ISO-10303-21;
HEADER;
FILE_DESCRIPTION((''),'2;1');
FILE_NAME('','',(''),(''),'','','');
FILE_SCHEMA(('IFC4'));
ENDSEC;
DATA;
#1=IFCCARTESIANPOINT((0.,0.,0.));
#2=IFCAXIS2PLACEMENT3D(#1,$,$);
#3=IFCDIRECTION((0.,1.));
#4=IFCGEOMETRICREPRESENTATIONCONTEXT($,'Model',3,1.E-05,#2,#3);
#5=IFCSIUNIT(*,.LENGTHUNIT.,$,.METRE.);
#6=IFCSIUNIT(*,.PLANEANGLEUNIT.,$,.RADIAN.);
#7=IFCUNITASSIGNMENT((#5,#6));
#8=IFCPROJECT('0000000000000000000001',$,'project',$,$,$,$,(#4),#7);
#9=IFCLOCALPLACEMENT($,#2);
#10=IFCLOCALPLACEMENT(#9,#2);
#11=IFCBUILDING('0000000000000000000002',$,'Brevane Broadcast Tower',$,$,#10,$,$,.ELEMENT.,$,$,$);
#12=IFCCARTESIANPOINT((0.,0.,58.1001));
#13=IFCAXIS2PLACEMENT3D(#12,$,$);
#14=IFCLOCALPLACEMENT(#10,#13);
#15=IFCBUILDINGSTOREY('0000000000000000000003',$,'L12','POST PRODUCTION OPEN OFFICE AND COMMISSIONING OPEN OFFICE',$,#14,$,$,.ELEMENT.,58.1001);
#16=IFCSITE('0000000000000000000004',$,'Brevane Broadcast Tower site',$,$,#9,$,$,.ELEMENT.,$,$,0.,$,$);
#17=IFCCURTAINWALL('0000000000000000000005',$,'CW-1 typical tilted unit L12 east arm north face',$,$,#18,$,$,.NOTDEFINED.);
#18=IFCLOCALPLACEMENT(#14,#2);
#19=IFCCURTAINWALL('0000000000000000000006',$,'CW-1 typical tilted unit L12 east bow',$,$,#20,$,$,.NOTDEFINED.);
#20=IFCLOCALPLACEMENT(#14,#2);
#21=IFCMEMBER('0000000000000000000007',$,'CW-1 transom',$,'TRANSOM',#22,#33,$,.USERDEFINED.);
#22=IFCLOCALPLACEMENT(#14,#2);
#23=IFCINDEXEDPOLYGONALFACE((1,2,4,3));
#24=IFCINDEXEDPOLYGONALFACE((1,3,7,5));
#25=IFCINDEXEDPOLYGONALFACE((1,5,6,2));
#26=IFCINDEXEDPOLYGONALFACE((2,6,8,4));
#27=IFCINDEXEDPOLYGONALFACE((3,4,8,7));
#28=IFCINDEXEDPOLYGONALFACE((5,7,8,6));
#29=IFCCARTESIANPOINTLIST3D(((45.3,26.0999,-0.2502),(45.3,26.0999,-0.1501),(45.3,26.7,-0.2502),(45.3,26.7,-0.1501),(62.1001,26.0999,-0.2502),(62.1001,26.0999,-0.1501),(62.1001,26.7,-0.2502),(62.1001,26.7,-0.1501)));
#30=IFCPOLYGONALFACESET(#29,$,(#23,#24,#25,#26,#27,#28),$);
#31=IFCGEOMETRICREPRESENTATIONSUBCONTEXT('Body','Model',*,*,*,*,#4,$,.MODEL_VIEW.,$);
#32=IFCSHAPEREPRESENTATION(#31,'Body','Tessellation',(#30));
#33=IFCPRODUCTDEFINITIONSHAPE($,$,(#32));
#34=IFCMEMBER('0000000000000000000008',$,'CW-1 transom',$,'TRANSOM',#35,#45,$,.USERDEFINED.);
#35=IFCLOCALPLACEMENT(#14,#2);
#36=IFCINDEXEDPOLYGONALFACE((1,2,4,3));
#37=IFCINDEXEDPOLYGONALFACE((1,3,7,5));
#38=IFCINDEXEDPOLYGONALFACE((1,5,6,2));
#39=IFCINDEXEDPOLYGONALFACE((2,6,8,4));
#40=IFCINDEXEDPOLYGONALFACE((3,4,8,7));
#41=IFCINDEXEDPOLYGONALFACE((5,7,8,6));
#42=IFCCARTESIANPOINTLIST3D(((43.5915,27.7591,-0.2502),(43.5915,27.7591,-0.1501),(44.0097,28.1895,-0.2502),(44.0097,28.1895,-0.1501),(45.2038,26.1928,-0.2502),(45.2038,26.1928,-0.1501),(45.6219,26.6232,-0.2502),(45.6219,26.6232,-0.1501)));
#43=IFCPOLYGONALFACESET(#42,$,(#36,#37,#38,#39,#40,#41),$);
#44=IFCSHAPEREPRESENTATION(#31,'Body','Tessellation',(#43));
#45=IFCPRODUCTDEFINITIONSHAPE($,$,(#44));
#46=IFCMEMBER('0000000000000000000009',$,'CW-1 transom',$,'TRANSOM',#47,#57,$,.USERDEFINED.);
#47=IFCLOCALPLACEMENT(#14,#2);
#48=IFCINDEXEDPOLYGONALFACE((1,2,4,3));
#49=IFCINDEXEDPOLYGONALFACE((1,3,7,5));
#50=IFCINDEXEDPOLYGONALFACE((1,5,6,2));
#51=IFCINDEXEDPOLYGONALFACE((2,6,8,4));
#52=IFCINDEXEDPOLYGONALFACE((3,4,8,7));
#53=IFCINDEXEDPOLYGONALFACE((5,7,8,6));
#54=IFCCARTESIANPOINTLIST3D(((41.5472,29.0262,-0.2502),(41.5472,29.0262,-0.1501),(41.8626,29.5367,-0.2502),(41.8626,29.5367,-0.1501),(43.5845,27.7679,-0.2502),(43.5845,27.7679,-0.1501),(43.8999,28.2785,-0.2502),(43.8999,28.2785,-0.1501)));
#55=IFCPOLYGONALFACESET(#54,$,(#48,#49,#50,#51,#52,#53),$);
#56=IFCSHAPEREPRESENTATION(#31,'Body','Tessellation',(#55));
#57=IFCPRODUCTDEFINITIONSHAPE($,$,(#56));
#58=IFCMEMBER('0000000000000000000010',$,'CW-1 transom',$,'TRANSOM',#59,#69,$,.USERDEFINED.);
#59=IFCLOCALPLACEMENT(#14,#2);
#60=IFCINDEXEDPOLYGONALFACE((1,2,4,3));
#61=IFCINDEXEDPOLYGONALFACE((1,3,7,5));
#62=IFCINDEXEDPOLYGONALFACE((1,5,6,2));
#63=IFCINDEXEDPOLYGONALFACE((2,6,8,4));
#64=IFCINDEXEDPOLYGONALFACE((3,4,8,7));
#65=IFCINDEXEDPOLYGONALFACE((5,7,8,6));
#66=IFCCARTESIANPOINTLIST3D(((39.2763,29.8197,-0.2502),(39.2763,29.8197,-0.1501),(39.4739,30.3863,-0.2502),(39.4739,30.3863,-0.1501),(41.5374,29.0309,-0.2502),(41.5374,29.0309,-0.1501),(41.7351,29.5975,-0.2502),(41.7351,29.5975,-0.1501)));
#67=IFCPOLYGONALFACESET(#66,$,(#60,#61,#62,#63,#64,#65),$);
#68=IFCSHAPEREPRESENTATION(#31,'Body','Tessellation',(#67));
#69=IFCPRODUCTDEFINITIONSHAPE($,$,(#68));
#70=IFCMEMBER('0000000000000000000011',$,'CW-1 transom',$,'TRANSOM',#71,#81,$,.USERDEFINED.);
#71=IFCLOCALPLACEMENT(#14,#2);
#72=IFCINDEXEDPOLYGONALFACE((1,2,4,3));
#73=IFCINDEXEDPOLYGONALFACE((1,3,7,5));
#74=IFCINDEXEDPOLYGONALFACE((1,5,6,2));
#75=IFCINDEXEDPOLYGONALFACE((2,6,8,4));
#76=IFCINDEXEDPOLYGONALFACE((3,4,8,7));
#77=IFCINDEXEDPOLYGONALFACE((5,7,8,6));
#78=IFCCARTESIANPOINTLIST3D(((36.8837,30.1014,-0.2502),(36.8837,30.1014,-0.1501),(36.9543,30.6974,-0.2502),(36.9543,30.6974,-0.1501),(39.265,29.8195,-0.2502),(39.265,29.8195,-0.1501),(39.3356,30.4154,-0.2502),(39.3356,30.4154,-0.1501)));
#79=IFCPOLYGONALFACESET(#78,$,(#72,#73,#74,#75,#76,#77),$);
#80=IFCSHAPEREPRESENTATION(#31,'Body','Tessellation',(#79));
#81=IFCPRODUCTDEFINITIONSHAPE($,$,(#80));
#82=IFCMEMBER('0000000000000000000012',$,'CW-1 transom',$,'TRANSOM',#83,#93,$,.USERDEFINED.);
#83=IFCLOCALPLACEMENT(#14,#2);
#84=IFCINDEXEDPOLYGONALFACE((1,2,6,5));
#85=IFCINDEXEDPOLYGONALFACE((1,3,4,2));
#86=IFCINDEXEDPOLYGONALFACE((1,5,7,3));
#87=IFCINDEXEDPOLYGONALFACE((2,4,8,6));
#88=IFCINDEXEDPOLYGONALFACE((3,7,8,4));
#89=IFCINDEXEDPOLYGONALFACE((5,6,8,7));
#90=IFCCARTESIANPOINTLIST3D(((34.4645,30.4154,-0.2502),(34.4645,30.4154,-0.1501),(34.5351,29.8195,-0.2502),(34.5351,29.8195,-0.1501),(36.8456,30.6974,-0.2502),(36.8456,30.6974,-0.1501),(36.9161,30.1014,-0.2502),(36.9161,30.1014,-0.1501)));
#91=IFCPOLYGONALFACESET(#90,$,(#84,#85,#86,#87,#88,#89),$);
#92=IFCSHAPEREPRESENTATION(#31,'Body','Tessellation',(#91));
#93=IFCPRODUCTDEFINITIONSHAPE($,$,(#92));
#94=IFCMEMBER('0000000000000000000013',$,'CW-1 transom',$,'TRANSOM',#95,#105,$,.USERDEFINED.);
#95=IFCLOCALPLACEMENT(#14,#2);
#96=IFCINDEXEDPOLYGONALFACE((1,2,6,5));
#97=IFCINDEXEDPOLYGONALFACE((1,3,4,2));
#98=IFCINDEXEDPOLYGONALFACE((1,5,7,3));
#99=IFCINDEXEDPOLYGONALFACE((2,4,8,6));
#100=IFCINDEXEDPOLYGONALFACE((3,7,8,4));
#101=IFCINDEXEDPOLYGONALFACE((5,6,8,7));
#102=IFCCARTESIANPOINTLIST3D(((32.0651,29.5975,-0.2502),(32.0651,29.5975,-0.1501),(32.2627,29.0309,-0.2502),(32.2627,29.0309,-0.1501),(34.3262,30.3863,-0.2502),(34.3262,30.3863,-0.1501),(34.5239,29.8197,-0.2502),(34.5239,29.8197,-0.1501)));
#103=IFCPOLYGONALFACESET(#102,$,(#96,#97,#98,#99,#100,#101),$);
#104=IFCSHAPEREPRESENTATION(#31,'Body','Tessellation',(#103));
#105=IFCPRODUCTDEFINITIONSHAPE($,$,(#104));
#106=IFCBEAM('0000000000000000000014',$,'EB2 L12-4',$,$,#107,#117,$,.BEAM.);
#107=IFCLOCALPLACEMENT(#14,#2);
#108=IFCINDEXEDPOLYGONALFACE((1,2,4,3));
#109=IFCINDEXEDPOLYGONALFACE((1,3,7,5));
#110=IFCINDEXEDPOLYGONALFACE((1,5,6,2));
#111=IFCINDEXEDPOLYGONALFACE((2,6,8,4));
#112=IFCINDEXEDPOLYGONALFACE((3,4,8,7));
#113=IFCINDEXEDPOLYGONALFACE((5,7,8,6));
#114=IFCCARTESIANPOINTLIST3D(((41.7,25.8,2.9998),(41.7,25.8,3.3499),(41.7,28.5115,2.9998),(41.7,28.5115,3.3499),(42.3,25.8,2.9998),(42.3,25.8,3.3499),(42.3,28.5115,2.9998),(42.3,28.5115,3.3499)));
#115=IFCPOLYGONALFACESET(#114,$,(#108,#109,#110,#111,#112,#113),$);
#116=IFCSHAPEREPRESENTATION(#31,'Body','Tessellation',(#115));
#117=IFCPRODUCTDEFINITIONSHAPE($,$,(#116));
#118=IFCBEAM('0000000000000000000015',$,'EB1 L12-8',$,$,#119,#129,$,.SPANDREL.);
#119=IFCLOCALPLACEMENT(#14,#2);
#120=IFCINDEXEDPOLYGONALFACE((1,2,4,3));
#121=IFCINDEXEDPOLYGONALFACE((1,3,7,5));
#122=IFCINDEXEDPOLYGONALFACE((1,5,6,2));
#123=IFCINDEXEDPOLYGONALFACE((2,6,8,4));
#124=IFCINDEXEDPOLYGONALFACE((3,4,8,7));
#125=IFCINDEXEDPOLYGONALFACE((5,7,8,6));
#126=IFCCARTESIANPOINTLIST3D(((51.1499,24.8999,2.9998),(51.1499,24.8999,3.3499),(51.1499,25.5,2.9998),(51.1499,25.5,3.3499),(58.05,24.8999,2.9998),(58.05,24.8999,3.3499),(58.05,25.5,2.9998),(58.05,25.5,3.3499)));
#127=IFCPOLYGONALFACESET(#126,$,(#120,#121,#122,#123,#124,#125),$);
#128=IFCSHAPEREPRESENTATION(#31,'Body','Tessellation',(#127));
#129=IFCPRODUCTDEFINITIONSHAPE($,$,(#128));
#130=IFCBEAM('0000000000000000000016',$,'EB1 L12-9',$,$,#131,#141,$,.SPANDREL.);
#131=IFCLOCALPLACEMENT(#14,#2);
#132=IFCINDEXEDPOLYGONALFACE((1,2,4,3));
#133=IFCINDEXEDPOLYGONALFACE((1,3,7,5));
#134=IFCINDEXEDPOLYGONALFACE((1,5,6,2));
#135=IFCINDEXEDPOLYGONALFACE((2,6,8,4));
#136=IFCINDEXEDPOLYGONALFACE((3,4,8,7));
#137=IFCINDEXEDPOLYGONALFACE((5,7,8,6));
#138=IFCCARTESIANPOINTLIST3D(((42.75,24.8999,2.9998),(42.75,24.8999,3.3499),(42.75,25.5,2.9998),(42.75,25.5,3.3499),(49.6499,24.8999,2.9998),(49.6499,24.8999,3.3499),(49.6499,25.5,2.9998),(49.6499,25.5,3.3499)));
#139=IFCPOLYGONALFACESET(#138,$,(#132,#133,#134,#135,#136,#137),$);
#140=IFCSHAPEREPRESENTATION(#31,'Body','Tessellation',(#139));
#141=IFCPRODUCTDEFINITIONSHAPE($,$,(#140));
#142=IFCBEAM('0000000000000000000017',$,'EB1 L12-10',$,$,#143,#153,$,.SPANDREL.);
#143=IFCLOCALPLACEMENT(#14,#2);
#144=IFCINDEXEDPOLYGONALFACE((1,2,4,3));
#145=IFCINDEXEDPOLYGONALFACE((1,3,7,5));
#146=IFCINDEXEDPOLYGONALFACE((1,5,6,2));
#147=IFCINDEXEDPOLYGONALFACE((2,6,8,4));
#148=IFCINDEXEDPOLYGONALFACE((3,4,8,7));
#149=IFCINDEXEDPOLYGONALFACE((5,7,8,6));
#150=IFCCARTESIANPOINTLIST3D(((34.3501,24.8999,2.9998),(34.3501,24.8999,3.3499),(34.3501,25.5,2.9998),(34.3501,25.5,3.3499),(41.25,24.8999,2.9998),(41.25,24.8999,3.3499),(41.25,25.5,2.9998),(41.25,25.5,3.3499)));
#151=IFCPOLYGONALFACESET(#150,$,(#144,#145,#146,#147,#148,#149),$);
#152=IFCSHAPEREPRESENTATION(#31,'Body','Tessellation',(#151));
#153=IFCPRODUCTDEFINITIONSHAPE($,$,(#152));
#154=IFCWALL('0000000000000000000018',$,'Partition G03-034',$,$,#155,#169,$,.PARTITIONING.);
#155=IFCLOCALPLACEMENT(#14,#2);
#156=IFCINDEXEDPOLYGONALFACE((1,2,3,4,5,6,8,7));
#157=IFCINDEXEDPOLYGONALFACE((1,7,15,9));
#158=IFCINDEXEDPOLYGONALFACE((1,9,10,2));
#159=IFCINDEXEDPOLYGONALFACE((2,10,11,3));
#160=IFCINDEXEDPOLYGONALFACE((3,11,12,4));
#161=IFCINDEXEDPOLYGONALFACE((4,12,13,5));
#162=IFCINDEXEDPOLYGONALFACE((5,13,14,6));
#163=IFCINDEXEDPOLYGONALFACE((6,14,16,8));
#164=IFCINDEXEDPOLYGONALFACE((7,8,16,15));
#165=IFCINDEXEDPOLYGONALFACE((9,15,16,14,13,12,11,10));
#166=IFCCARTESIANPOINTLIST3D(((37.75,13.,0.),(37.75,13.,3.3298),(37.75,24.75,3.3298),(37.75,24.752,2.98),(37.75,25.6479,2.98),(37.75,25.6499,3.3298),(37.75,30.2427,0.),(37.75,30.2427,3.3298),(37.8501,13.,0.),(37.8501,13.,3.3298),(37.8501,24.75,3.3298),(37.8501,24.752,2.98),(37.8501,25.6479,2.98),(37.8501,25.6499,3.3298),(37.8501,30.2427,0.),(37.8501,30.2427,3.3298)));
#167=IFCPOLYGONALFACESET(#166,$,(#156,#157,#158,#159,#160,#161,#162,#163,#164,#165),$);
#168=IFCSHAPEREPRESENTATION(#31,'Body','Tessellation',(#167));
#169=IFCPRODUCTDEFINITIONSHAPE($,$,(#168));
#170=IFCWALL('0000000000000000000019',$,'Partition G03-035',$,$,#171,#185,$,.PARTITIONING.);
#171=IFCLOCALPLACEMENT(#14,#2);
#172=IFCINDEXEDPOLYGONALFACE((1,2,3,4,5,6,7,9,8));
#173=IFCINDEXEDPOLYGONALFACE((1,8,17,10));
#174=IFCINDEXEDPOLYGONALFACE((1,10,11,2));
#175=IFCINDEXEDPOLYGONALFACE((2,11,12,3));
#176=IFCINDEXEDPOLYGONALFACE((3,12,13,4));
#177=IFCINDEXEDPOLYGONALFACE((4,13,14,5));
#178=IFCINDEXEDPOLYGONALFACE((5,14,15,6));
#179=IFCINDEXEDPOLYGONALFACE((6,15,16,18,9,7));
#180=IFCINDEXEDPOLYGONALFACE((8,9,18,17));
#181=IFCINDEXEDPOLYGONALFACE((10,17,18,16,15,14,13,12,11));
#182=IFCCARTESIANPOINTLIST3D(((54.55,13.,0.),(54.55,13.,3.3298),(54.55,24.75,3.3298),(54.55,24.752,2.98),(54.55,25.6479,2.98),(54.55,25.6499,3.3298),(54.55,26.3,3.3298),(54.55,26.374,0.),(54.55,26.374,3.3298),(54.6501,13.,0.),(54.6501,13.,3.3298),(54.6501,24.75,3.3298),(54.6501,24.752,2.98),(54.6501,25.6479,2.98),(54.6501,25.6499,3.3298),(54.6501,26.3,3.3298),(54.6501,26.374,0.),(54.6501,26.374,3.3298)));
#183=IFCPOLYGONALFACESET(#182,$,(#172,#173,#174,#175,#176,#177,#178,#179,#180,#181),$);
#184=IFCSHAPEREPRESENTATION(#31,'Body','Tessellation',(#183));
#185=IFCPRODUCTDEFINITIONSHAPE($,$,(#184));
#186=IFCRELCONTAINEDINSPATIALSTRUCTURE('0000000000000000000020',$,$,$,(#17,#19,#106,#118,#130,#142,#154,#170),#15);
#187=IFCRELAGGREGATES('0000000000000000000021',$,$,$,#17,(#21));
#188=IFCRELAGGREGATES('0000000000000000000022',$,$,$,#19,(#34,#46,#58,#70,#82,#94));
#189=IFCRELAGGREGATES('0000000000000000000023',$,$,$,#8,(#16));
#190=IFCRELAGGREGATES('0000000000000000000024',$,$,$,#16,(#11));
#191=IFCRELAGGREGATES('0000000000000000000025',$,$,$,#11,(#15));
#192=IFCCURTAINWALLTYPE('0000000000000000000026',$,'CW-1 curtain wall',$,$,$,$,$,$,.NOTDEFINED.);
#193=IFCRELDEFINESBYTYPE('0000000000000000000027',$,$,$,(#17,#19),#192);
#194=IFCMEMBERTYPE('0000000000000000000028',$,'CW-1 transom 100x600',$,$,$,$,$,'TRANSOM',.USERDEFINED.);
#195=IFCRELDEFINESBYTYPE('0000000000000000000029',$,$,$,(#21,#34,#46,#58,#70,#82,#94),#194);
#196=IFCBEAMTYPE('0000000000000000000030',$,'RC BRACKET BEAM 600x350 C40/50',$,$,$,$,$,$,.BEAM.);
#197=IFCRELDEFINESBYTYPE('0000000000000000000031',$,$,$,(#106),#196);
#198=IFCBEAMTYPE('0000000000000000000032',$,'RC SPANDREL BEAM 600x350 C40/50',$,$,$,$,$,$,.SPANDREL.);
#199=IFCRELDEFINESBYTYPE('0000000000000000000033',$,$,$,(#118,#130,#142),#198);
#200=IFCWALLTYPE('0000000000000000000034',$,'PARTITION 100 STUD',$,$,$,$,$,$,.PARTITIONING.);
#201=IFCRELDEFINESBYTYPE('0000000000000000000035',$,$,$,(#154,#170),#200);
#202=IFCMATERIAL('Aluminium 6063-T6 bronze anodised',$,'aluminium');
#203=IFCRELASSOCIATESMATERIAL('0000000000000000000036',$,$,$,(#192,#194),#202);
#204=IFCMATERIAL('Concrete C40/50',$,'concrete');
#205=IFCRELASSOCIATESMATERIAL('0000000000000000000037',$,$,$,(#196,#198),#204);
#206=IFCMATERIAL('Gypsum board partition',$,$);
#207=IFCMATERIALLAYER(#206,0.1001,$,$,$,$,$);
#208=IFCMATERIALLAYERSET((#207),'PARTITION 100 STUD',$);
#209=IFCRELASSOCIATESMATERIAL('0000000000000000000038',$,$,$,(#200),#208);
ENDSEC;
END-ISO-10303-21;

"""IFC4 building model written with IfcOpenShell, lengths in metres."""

from ifc_helpers import new_model, si_unit, direction, frame, origin, origin_2d, place, context, subcontext, project, spatial, polyline, rectangle, outline, extrude, material, layer, layer_set, material_profile, profile_set, type_object, element, aggregate, save


model = new_model("IFC4")

# Units and contexts
model_context = context("Model", 3, precision=1e-05, world=origin(), true_north=direction((0.0, 1.0)))
body_context = subcontext(model_context, "Body", "Model", "MODEL_VIEW")
ifc_project = project(units=[si_unit("LENGTHUNIT", "METRE"), si_unit("PLANEANGLEUNIT", "RADIAN")], contexts=[model_context])

# Site, building, storey
site_placement = place(None, origin())
site = spatial("IfcSite", under=ifc_project, at=site_placement, Name="Brevane Broadcast Tower site", CompositionType="ELEMENT", RefElevation=0.0)
building_placement = place(site_placement, origin())
building = spatial("IfcBuilding", under=site, at=building_placement, Name="Brevane Broadcast Tower", CompositionType="ELEMENT")
storey_placement = place(building_placement, frame((0.0, 0.0, 58.1001)))
storey = spatial("IfcBuildingStorey", under=building, at=storey_placement, Name="L12", Description="POST PRODUCTION OPEN OFFICE AND COMMISSIONING OPEN OFFICE", CompositionType="ELEMENT", Elevation=58.1001)

# Curtain walls
ifc_material_1 = material(Name="Aluminium 6063-T6 bronze anodised", Category="aluminium")
curtain_wall_type = type_object("IfcCurtainWallType", Name="CW-1 curtain wall", PredefinedType="NOTDEFINED", material=ifc_material_1)
curtain_wall_1_placement = place(storey_placement, origin())
curtain_wall_1 = element("IfcCurtainWall", 1, at=curtain_wall_1_placement, inside=storey, type_object=curtain_wall_type, Name="CW-1 typical tilted unit L12 east arm north face", PredefinedType="NOTDEFINED")
curtain_wall_2_placement = place(storey_placement, origin())
curtain_wall_2 = element("IfcCurtainWall", 2, at=curtain_wall_2_placement, inside=storey, type_object=curtain_wall_type, Name="CW-1 typical tilted unit L12 east bow", PredefinedType="NOTDEFINED")

# Members
ifc_material_profile_1 = material_profile(ifc_material_1, rectangle(XDim=0.6001, YDim=0.1001, at=origin_2d()), Name="RECT 100x600")
ifc_profile_set_1 = profile_set([ifc_material_profile_1], Name="Aluminium 6063-T6 bronze anodised")
member_type_1 = type_object("IfcMemberType", Name="CW-1 transom 100x600", ElementType="TRANSOM", PredefinedType="USERDEFINED", material=ifc_profile_set_1)
member_1_placement = place(storey_placement, frame((62.1001, 26.3999, -0.2002), z_axis=(-1.0, 0.0, 0.0), x_axis=(0.0, -1.0, 0.0)))
member_1 = element("IfcMember", 3, at=member_1_placement, type_object=member_type_1, Name="CW-1 transom", ObjectType="TRANSOM", PredefinedType="USERDEFINED", context=body_context, shape_type="SweptSolid", body=[
    extrude(rectangle(XDim=0.6001, YDim=0.1001, at=origin_2d()), origin(), (0.0, 0.0, 1.0), 16.8),
])
aggregate(curtain_wall_1, [member_1])
member_2_placement = place(storey_placement, frame((45.4128, 26.408, -0.2002), z_axis=(-0.717242, 0.696824, 0.0), x_axis=(-0.696824, -0.717242, 0.0)))
member_2 = element("IfcMember", 4, at=member_2_placement, type_object=member_type_1, Name="CW-1 transom", ObjectType="TRANSOM", PredefinedType="USERDEFINED", context=body_context, shape_type="SweptSolid", body=[
    extrude(rectangle(XDim=0.6001, YDim=0.1001, at=origin_2d()), origin(), (0.0, 0.0, 1.0), 2.2478),
])
member_3_placement = place(storey_placement, frame((43.7422, 28.0232, -0.2002), z_axis=(-0.85081, 0.525473, 0.0), x_axis=(-0.525473, -0.85081, 0.0)))
member_3 = element("IfcMember", 5, at=member_3_placement, type_object=member_type_1, Name="CW-1 transom", ObjectType="TRANSOM", PredefinedType="USERDEFINED", context=body_context, shape_type="SweptSolid", body=[
    extrude(rectangle(XDim=0.6001, YDim=0.1001, at=origin_2d()), origin(), (0.0, 0.0, 1.0), 2.3945),
])
member_4_placement = place(storey_placement, frame((41.6362, 29.3142, -0.2002), z_axis=(-0.944198, 0.329378, 0.0), x_axis=(-0.329378, -0.944198, 0.0)))
member_4 = element("IfcMember", 6, at=member_4_placement, type_object=member_type_1, Name="CW-1 transom", ObjectType="TRANSOM", PredefinedType="USERDEFINED", context=body_context, shape_type="SweptSolid", body=[
    extrude(rectangle(XDim=0.6001, YDim=0.1001, at=origin_2d()), origin(), (0.0, 0.0, 1.0), 2.3948),
])
member_5_placement = place(storey_placement, frame((39.3003, 30.1174, -0.2002), z_axis=(-0.993062, 0.117591, 0.0), x_axis=(-0.117591, -0.993062, 0.0)))
member_5 = element("IfcMember", 7, at=member_5_placement, type_object=member_type_1, Name="CW-1 transom", ObjectType="TRANSOM", PredefinedType="USERDEFINED", context=body_context, shape_type="SweptSolid", body=[
    extrude(rectangle(XDim=0.6001, YDim=0.1001, at=origin_2d()), origin(), (0.0, 0.0, 1.0), 2.3979),
])
member_6_placement = place(storey_placement, frame((36.8809, 30.3994, -0.2002), z_axis=(-0.993061, -0.117603, 0.0), x_axis=(0.117603, -0.993061, 0.0)))
member_6 = element("IfcMember", 8, at=member_6_placement, type_object=member_type_1, Name="CW-1 transom", ObjectType="TRANSOM", PredefinedType="USERDEFINED", context=body_context, shape_type="SweptSolid", body=[
    extrude(rectangle(XDim=0.6001, YDim=0.1001, at=origin_2d()), origin(), (0.0, 0.0, 1.0), 2.3977),
])
member_7_placement = place(storey_placement, frame((34.425, 30.103, -0.2002), z_axis=(-0.944198, -0.329378, 0.0), x_axis=(0.329378, -0.944198, 0.0)))
member_7 = element("IfcMember", 9, at=member_7_placement, type_object=member_type_1, Name="CW-1 transom", ObjectType="TRANSOM", PredefinedType="USERDEFINED", context=body_context, shape_type="SweptSolid", body=[
    extrude(rectangle(XDim=0.6001, YDim=0.1001, at=origin_2d()), origin(), (0.0, 0.0, 1.0), 2.3948),
])
aggregate(curtain_wall_2, [member_2, member_3, member_4, member_5, member_6, member_7])

# Beams
ifc_material_2 = material(Name="Concrete C40/50", Category="concrete")
ifc_material_profile_2 = material_profile(ifc_material_2, rectangle(XDim=0.6001, YDim=0.3501, at=origin_2d()), Name="RC 600x350")
ifc_profile_set_2 = profile_set([ifc_material_profile_2], Name="Concrete C40/50")
beam_type_1 = type_object("IfcBeamType", Name="RC BRACKET BEAM 600x350 C40/50", PredefinedType="BEAM", material=ifc_profile_set_2)
beam_1_placement = place(storey_placement, frame((42.0, 25.8, 3.1748), z_axis=(0.0, 1.0, 0.0), x_axis=(-1.0, 0.0, 0.0)))
element("IfcBeam", 10, at=beam_1_placement, inside=storey, type_object=beam_type_1, Name="EB2 L12-4", PredefinedType="BEAM", context=body_context, shape_type="SweptSolid", body=[
    extrude(rectangle(XDim=0.6001, YDim=0.3501, at=origin_2d()), origin(), (0.0, 0.0, 1.0), 2.7114),
])
ifc_material_profile_3 = material_profile(ifc_material_2, rectangle(XDim=0.6001, YDim=0.3501, at=origin_2d()), Name="RC 600x350")
ifc_profile_set_3 = profile_set([ifc_material_profile_3], Name="Concrete C40/50")
beam_type_2 = type_object("IfcBeamType", Name="RC SPANDREL BEAM 600x350 C40/50", PredefinedType="SPANDREL", material=ifc_profile_set_3)
beam_2_placement = place(storey_placement, frame((58.05, 25.2, 3.1748), z_axis=(-1.0, 0.0, 0.0), x_axis=(0.0, -1.0, 0.0)))
element("IfcBeam", 11, at=beam_2_placement, inside=storey, type_object=beam_type_2, Name="EB1 L12-8", PredefinedType="SPANDREL", context=body_context, shape_type="SweptSolid", body=[
    extrude(rectangle(XDim=0.6001, YDim=0.3501, at=origin_2d()), origin(), (0.0, 0.0, 1.0), 6.9001),
])
for number, where, z_axis, x_axis, name in (
    (12, (49.6499, 25.2, 3.1748), (-1.0, 0.0, 0.0), (0.0, -1.0, 0.0), "EB1 L12-9"),
    (13, (41.25, 25.2, 3.1748), (-1.0, 0.0, 0.0), (0.0, -1.0, 0.0), "EB1 L12-10"),
):
    element("IfcBeam", number, at=place(storey_placement, frame(where, z_axis=z_axis, x_axis=x_axis)), inside=storey, type_object=beam_type_2, Name=name, PredefinedType="SPANDREL", context=body_context, shape_type="SweptSolid", body=[
        extrude(rectangle(XDim=0.6001, YDim=0.3501, at=origin_2d()), origin(), (0.0, 0.0, 1.0), 6.8999),
    ])

# Walls
ifc_material_3 = material(Name="Gypsum board partition")
ifc_layer = layer(ifc_material_3, 0.1001)
ifc_layer_set = layer_set([ifc_layer], Name="PARTITION 100 STUD")
wall_type = type_object("IfcWallType", Name="PARTITION 100 STUD", PredefinedType="PARTITIONING", material=ifc_layer_set)
wall_1_placement = place(storey_placement, frame((37.8, 30.2427, 0.0), z_axis=(0.0, 0.0, 1.0), x_axis=(0.0, -1.0, 0.0)))
element("IfcWall", 14, at=wall_1_placement, inside=storey, type_object=wall_type, Name="Partition G03-034", PredefinedType="PARTITIONING", context=body_context, shape_type="SweptSolid", body=[
    extrude(outline(polyline([(0.0, 0.0), (17.2427, 0.0), (17.2427, 3.3298), (5.4927, 3.3298), (5.4907, 2.98), (4.5947, 2.98), (4.5928, 3.3298), (0.0, 3.3298), (0.0, 0.0)])), frame((0.0, 0.05, 0.0), z_axis=(0.0, -1.0, 0.0), x_axis=(1.0, 0.0, 0.0)), (0.0, 0.0, 1.0), 0.1001),
])
wall_2_placement = place(storey_placement, frame((54.6001, 26.374, 0.0), z_axis=(0.0, 0.0, 1.0), x_axis=(0.0, -1.0, 0.0)))
element("IfcWall", 15, at=wall_2_placement, inside=storey, type_object=wall_type, Name="Partition G03-035", PredefinedType="PARTITIONING", context=body_context, shape_type="SweptSolid", body=[
    extrude(outline(polyline([(0.0, 0.0), (13.374, 0.0), (13.374, 3.3298), (1.624, 3.3298), (1.6221, 2.98), (0.7261, 2.98), (0.7241, 3.3298), (0.074, 3.3298), (0.0, 3.3298), (0.0, 0.0)])), frame((0.0, 0.05, 0.0), z_axis=(0.0, -1.0, 0.0), x_axis=(1.0, 0.0, 0.0)), (0.0, 0.0, 1.0), 0.1001),
])

save(model, "model.ifc")
